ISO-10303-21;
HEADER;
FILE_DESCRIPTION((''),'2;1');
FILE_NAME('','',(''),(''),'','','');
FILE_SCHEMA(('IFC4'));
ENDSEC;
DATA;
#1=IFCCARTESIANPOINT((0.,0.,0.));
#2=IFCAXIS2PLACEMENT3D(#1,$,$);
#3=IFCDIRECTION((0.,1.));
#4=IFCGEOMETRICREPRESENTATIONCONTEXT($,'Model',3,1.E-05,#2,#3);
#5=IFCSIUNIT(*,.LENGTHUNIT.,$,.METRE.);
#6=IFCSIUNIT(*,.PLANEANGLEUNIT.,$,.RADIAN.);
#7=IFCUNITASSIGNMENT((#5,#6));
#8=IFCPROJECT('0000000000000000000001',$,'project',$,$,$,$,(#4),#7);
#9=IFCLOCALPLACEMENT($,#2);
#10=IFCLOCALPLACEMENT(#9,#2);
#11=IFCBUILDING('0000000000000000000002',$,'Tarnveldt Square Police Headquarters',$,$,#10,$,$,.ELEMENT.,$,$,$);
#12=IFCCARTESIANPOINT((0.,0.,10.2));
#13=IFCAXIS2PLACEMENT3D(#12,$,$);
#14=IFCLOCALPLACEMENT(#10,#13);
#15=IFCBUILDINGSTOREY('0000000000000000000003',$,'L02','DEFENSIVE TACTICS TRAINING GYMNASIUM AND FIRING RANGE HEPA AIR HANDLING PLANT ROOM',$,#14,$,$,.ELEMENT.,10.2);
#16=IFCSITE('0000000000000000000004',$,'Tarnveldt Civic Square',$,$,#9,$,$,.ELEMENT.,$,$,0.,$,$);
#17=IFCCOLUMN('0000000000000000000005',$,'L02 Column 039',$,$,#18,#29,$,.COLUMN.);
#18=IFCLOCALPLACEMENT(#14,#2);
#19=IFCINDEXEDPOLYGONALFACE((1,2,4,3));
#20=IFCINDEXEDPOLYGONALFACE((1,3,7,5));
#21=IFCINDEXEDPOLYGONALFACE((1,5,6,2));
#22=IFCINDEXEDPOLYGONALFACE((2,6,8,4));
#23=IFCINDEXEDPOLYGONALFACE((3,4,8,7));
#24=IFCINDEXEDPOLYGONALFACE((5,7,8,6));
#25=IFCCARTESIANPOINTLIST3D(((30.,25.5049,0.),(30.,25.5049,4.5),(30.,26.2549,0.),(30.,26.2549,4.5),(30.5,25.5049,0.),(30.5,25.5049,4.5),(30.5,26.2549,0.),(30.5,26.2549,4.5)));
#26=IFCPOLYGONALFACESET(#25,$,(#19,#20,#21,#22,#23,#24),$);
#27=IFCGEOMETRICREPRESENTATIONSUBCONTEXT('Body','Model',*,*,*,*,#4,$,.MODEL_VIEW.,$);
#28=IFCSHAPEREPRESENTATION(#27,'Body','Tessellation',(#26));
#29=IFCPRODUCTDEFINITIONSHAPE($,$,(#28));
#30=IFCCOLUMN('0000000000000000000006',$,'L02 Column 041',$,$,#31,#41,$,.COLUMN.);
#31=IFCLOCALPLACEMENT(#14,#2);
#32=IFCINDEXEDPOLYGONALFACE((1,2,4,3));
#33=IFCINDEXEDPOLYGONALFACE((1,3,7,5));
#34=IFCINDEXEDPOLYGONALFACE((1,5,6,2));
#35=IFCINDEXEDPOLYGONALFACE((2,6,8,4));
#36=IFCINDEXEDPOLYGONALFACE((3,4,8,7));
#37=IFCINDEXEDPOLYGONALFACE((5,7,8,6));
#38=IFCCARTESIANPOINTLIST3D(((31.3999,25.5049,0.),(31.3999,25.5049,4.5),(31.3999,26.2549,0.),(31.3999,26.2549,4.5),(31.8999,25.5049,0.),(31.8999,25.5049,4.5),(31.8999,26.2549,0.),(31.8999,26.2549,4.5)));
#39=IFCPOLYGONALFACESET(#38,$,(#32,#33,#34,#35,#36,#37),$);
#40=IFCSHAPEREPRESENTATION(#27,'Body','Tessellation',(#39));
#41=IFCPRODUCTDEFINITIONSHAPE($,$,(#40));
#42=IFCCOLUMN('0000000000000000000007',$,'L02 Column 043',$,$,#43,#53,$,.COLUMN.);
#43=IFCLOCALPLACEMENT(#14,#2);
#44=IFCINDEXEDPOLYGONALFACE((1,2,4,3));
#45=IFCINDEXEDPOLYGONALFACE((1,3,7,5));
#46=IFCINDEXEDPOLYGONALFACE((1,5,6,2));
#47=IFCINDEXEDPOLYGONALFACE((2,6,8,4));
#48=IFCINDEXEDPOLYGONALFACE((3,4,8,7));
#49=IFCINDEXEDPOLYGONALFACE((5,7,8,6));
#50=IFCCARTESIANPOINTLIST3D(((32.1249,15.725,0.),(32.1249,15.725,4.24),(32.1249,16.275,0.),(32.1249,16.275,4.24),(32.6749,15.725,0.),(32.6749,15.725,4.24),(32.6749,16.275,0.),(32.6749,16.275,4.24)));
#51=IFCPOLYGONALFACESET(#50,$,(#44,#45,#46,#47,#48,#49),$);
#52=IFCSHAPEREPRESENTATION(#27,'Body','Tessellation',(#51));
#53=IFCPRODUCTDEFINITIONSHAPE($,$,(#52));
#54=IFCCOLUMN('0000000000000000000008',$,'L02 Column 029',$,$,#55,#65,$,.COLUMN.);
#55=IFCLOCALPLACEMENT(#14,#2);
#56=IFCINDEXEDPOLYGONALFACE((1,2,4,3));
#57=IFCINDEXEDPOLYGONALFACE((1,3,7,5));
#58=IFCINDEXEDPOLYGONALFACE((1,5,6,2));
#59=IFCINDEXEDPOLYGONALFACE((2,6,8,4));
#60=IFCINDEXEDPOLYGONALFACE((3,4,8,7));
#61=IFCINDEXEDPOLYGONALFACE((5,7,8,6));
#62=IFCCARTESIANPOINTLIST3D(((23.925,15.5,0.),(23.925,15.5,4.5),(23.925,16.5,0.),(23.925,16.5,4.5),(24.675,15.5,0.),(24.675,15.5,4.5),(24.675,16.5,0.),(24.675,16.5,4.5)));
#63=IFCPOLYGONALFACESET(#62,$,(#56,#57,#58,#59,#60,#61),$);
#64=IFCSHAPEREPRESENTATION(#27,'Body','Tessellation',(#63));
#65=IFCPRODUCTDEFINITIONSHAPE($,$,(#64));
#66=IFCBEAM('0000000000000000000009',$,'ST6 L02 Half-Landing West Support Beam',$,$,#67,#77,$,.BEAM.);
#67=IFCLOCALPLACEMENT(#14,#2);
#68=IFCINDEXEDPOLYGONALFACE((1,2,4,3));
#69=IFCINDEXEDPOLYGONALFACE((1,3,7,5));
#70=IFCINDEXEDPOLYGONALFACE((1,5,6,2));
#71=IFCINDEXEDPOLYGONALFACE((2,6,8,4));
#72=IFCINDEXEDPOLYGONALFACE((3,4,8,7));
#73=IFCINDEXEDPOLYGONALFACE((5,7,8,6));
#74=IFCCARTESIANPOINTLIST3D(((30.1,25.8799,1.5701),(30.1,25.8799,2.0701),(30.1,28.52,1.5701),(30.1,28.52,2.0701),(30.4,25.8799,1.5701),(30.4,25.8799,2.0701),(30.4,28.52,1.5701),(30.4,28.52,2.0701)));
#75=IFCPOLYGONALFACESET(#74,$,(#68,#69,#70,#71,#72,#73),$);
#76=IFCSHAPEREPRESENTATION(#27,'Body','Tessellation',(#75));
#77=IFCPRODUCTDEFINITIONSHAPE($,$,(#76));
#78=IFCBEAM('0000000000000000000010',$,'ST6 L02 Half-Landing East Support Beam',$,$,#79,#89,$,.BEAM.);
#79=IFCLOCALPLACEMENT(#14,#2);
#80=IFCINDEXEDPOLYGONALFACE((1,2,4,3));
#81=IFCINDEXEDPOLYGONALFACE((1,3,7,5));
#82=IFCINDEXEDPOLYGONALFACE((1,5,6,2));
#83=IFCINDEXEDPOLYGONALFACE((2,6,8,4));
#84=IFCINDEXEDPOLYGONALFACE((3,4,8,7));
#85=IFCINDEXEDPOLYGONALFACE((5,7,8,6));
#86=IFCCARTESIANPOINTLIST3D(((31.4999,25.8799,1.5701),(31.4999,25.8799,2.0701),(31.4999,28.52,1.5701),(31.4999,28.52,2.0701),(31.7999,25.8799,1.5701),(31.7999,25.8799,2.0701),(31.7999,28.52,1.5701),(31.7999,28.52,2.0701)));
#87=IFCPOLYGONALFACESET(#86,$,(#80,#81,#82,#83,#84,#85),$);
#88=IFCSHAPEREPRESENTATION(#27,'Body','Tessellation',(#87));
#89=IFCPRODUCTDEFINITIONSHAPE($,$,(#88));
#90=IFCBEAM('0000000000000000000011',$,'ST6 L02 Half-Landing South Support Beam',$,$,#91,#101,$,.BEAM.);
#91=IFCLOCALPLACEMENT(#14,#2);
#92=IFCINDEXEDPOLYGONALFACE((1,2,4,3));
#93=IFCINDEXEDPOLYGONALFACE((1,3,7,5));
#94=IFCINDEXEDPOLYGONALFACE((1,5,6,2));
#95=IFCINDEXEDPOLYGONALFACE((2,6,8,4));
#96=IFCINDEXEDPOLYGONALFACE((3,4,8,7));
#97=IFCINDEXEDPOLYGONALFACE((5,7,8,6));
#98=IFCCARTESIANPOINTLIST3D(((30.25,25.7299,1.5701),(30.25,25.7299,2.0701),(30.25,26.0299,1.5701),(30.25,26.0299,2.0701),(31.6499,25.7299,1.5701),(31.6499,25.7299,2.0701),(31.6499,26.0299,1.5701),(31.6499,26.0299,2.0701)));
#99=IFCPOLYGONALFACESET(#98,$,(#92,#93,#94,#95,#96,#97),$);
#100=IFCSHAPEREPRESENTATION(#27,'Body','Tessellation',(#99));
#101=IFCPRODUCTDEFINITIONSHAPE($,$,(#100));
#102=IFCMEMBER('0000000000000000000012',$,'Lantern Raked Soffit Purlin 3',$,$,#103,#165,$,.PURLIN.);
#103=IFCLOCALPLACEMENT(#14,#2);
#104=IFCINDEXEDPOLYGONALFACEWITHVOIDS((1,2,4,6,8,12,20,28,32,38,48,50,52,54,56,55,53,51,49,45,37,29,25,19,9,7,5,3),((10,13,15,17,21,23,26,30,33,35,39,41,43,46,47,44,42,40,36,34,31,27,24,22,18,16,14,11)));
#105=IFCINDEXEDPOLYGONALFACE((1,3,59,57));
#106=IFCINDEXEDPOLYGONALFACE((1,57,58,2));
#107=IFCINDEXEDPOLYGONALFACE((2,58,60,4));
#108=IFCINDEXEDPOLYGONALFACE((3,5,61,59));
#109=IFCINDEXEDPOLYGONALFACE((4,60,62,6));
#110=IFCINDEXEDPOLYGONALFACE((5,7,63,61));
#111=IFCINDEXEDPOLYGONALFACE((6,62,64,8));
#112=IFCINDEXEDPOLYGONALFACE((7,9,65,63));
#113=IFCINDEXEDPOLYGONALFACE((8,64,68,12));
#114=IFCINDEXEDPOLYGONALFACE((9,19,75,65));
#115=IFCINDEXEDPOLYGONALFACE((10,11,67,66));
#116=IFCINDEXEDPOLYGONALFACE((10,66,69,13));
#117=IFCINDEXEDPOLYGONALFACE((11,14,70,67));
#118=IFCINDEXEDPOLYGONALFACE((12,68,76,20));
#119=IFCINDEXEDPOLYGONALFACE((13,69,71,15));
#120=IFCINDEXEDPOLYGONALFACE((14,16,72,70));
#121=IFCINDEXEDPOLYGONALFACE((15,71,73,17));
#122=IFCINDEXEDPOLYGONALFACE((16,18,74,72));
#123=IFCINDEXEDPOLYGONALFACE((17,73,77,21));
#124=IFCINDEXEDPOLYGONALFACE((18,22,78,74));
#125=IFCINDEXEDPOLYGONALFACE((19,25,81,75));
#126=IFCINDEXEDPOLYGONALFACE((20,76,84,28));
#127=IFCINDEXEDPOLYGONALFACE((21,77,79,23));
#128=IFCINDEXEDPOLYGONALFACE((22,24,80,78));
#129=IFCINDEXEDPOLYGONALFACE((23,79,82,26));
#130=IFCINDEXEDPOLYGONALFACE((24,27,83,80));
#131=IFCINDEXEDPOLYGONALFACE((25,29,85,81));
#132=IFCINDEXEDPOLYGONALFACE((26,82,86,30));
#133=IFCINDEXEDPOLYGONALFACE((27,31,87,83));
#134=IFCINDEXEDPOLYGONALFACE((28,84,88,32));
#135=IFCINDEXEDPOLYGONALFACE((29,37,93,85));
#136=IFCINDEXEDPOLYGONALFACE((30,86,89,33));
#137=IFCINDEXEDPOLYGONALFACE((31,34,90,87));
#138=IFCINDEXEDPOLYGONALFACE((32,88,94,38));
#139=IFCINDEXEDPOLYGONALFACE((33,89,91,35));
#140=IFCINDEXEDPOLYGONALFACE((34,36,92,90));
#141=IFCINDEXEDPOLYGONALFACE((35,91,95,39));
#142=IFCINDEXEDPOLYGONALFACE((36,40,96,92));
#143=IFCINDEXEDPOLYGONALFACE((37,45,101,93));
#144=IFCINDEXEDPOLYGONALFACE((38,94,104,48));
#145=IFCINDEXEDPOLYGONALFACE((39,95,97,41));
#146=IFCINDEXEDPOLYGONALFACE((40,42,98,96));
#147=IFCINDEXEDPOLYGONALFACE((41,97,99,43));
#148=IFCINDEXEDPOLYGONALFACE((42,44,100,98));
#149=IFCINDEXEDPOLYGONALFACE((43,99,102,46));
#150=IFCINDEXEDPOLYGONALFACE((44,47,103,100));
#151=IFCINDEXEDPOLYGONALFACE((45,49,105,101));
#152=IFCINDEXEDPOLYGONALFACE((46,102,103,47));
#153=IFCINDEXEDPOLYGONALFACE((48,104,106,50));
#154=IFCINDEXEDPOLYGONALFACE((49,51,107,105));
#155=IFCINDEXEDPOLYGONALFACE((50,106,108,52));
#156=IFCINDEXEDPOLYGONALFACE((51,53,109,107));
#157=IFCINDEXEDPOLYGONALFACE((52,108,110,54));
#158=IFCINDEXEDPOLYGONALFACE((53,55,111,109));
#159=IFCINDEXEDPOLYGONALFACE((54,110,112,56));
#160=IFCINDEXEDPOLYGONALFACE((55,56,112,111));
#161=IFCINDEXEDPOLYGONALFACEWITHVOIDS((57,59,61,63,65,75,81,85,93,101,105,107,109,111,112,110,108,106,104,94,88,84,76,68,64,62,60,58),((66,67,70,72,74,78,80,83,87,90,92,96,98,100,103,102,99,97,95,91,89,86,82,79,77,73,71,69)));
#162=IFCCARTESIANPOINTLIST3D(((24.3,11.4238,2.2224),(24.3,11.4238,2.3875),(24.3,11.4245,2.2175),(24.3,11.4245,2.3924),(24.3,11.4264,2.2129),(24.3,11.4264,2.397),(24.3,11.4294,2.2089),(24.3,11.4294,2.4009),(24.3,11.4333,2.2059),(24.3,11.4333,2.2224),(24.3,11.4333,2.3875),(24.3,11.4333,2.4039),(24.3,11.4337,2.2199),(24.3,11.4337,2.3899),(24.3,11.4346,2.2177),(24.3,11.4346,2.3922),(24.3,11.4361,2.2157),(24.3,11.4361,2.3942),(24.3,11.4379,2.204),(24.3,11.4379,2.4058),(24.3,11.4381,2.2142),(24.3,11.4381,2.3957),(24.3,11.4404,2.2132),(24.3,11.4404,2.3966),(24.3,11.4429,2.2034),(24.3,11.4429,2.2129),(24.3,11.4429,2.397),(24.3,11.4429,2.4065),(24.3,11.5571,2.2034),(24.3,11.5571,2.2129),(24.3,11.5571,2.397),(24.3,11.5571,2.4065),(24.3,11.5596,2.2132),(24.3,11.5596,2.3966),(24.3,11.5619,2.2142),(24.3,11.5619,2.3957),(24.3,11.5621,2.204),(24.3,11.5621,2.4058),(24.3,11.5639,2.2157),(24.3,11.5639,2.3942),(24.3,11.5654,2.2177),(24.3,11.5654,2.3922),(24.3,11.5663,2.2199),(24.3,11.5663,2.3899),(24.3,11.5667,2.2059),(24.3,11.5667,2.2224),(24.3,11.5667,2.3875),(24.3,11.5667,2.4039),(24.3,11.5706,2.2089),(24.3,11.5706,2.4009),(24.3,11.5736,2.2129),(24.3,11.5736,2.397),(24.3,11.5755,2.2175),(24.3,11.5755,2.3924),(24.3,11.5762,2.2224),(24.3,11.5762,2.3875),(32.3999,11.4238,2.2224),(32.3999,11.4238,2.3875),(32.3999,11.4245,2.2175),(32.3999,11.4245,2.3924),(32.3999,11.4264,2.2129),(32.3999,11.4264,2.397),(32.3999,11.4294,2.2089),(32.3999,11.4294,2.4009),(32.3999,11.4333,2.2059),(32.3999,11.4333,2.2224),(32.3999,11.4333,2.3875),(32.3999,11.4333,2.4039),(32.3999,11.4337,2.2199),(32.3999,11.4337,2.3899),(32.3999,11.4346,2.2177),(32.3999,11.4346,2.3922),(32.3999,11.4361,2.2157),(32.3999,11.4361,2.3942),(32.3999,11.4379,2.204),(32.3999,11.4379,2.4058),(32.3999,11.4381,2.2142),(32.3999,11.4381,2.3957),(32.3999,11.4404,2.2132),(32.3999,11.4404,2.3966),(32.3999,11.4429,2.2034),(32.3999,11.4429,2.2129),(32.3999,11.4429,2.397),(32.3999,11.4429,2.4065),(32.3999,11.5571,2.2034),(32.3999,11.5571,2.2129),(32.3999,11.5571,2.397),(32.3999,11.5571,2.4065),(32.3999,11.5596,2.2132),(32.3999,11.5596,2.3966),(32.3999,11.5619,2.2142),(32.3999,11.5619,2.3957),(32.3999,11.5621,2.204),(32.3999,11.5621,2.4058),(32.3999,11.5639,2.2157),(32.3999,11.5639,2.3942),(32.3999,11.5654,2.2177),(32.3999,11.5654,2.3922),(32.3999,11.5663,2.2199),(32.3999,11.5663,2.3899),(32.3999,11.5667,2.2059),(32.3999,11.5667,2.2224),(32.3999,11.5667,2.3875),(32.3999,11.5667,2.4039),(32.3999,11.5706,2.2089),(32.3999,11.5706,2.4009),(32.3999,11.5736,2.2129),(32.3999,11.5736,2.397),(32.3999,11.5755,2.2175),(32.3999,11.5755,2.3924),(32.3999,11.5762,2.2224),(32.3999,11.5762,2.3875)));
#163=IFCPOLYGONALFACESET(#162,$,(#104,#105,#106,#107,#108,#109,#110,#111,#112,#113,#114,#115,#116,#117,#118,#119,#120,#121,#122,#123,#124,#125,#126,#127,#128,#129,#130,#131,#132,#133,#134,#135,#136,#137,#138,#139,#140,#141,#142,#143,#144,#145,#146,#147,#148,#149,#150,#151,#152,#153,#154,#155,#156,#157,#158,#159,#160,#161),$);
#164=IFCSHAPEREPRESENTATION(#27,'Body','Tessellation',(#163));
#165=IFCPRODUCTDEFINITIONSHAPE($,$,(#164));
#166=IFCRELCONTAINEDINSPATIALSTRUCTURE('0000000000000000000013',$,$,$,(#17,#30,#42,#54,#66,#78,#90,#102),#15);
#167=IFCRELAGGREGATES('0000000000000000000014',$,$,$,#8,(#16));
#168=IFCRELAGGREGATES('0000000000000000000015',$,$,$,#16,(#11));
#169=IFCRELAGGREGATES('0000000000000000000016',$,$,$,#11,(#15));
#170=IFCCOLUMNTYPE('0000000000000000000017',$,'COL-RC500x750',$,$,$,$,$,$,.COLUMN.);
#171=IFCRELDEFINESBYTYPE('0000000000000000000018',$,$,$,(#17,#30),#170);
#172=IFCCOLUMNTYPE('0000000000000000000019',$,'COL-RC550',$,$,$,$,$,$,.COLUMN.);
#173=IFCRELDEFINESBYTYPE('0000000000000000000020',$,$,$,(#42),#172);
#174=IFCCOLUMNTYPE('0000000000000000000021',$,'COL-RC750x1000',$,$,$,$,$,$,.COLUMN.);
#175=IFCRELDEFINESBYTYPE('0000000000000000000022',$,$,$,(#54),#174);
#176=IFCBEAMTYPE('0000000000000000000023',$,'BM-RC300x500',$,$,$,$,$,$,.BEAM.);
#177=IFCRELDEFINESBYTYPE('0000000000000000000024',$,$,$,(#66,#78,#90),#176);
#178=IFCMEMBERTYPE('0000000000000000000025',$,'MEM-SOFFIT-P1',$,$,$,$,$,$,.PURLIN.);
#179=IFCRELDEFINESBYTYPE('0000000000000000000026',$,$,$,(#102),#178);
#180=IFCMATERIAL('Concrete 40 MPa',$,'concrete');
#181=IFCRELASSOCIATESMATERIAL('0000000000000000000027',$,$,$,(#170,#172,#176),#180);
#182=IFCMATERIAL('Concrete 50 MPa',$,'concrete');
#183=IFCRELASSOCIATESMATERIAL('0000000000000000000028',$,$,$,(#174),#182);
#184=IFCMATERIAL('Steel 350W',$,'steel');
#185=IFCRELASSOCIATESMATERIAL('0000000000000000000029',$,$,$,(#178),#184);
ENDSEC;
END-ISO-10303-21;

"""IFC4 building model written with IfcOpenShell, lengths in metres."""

from ifc_helpers import new_model, si_unit, direction, frame, origin, origin_2d, place, context, subcontext, project, spatial, rectangle, hollow_rectangle, extrude, material, material_profile, profile_set, type_object, element, save


model = new_model("IFC4")

# Units and contexts
model_context = context("Model", 3, precision=1e-05, world=origin(), true_north=direction((0.0, 1.0)))
body_context = subcontext(model_context, "Body", "Model", "MODEL_VIEW")
ifc_project = project(units=[si_unit("LENGTHUNIT", "METRE"), si_unit("PLANEANGLEUNIT", "RADIAN")], contexts=[model_context])

# Site, building, storey
site_placement = place(None, origin())
site = spatial("IfcSite", under=ifc_project, at=site_placement, Name="Tarnveldt Civic Square", CompositionType="ELEMENT", RefElevation=0.0)
building_placement = place(site_placement, origin())
building = spatial("IfcBuilding", under=site, at=building_placement, Name="Tarnveldt Square Police Headquarters", CompositionType="ELEMENT")
storey_placement = place(building_placement, frame((0.0, 0.0, 10.2)))
storey = spatial("IfcBuildingStorey", under=building, at=storey_placement, Name="L02", Description="DEFENSIVE TACTICS TRAINING GYMNASIUM AND FIRING RANGE HEPA AIR HANDLING PLANT ROOM", CompositionType="ELEMENT", Elevation=10.2)

# Columns
ifc_material_1 = material(Name="Concrete 40 MPa", Category="concrete")
ifc_material_profile_1 = material_profile(ifc_material_1, rectangle(XDim=0.5, YDim=0.75, at=origin_2d()), Name="RC-C500x750")
ifc_profile_set_1 = profile_set([ifc_material_profile_1], Name="Concrete 40 MPa")
column_type_1 = type_object("IfcColumnType", Name="COL-RC500x750", PredefinedType="COLUMN", material=ifc_profile_set_1)
for number, where, z_axis, x_axis, name in (
    (1, (30.25, 25.8799, 0.0), (0.0, 0.0, 1.0), (1.0, 0.0, 0.0), "L02 Column 039"),
    (2, (31.6499, 25.8799, 0.0), (0.0, 0.0, 1.0), (1.0, 0.0, 0.0), "L02 Column 041"),
):
    element("IfcColumn", number, at=place(storey_placement, frame(where, z_axis=z_axis, x_axis=x_axis)), inside=storey, type_object=column_type_1, Name=name, PredefinedType="COLUMN", context=body_context, shape_type="SweptSolid", body=[
        extrude(rectangle(XDim=0.5, YDim=0.75, at=origin_2d()), origin(), (0.0, 0.0, 1.0), 4.5),
    ])
ifc_material_profile_2 = material_profile(ifc_material_1, rectangle(XDim=0.55, YDim=0.55, at=origin_2d()), Name="RC-C550x550")
ifc_profile_set_2 = profile_set([ifc_material_profile_2], Name="Concrete 40 MPa")
column_type_2 = type_object("IfcColumnType", Name="COL-RC550", PredefinedType="COLUMN", material=ifc_profile_set_2)
column_1_placement = place(storey_placement, frame((32.3999, 16.0, 0.0), z_axis=(0.0, 0.0, 1.0), x_axis=(1.0, 0.0, 0.0)))
element("IfcColumn", 3, at=column_1_placement, inside=storey, type_object=column_type_2, Name="L02 Column 043", PredefinedType="COLUMN", context=body_context, shape_type="SweptSolid", body=[
    extrude(rectangle(XDim=0.55, YDim=0.55, at=origin_2d()), origin(), (0.0, 0.0, 1.0), 4.24),
])
ifc_material_2 = material(Name="Concrete 50 MPa", Category="concrete")
ifc_material_profile_3 = material_profile(ifc_material_2, rectangle(XDim=0.75, YDim=1.0, at=origin_2d()), Name="RC-C750x1000")
ifc_profile_set_3 = profile_set([ifc_material_profile_3], Name="Concrete 50 MPa")
column_type_3 = type_object("IfcColumnType", Name="COL-RC750x1000", PredefinedType="COLUMN", material=ifc_profile_set_3)
column_2_placement = place(storey_placement, frame((24.3, 16.0, 0.0), z_axis=(0.0, 0.0, 1.0), x_axis=(1.0, 0.0, 0.0)))
element("IfcColumn", 4, at=column_2_placement, inside=storey, type_object=column_type_3, Name="L02 Column 029", PredefinedType="COLUMN", context=body_context, shape_type="SweptSolid", body=[
    extrude(rectangle(XDim=0.75, YDim=1.0, at=origin_2d()), origin(), (0.0, 0.0, 1.0), 4.5),
])

# Beams
ifc_material_profile_4 = material_profile(ifc_material_1, rectangle(XDim=0.3, YDim=0.5, at=origin_2d()), Name="RC-B300x500")
ifc_profile_set_4 = profile_set([ifc_material_profile_4], Name="Concrete 40 MPa")
beam_type = type_object("IfcBeamType", Name="BM-RC300x500", PredefinedType="BEAM", material=ifc_profile_set_4)
for number, where, z_axis, x_axis, name in (
    (5, (30.25, 25.8799, 1.8201), (0.0, 1.0, 0.0), (-1.0, 0.0, 0.0), "ST6 L02 Half-Landing West Support Beam"),
    (6, (31.6499, 25.8799, 1.8201), (0.0, 1.0, 0.0), (-1.0, 0.0, 0.0), "ST6 L02 Half-Landing East Support Beam"),
):
    element("IfcBeam", number, at=place(storey_placement, frame(where, z_axis=z_axis, x_axis=x_axis)), inside=storey, type_object=beam_type, Name=name, PredefinedType="BEAM", context=body_context, shape_type="SweptSolid", body=[
        extrude(rectangle(XDim=0.3, YDim=0.5, at=origin_2d()), origin(), (0.0, 0.0, 1.0), 2.6401),
    ])
beam_placement = place(storey_placement, frame((30.25, 25.8799, 1.8201), z_axis=(1.0, 0.0, 0.0), x_axis=(0.0, 1.0, 0.0)))
element("IfcBeam", 7, at=beam_placement, inside=storey, type_object=beam_type, Name="ST6 L02 Half-Landing South Support Beam", PredefinedType="BEAM", context=body_context, shape_type="SweptSolid", body=[
    extrude(rectangle(XDim=0.3, YDim=0.5, at=origin_2d()), origin(), (0.0, 0.0, 1.0), 1.3999),
])

# Member
ifc_material_3 = material(Name="Steel 350W", Category="steel")
ifc_material_profile_5 = material_profile(ifc_material_3, hollow_rectangle(XDim=0.1523, YDim=0.2031, WallThickness=0.0095, InnerFilletRadius=0.0095, OuterFilletRadius=0.019, at=origin_2d()), Name="HSS203x152x9.5")
ifc_profile_set_5 = profile_set([ifc_material_profile_5], Name="Steel 350W")
member_type_1 = type_object("IfcMemberType", Name="MEM-SOFFIT-P1", PredefinedType="PURLIN", material=ifc_profile_set_5)
member_1_placement = place(storey_placement, frame((24.3, 11.5, 2.3049), z_axis=(1.0, 0.0, 0.0), x_axis=(0.0, 1.0, 0.0)))
element("IfcMember", 8, at=member_1_placement, inside=storey, type_object=member_type_1, Name="Lantern Raked Soffit Purlin 3", PredefinedType="PURLIN", context=body_context, shape_type="SweptSolid", body=[
    extrude(hollow_rectangle(XDim=0.1523, YDim=0.2031, WallThickness=0.0095, InnerFilletRadius=0.0095, OuterFilletRadius=0.019, at=origin_2d()), origin(), (0.0, 0.0, 1.0), 8.0999),
])

save(model, "model.ifc")
